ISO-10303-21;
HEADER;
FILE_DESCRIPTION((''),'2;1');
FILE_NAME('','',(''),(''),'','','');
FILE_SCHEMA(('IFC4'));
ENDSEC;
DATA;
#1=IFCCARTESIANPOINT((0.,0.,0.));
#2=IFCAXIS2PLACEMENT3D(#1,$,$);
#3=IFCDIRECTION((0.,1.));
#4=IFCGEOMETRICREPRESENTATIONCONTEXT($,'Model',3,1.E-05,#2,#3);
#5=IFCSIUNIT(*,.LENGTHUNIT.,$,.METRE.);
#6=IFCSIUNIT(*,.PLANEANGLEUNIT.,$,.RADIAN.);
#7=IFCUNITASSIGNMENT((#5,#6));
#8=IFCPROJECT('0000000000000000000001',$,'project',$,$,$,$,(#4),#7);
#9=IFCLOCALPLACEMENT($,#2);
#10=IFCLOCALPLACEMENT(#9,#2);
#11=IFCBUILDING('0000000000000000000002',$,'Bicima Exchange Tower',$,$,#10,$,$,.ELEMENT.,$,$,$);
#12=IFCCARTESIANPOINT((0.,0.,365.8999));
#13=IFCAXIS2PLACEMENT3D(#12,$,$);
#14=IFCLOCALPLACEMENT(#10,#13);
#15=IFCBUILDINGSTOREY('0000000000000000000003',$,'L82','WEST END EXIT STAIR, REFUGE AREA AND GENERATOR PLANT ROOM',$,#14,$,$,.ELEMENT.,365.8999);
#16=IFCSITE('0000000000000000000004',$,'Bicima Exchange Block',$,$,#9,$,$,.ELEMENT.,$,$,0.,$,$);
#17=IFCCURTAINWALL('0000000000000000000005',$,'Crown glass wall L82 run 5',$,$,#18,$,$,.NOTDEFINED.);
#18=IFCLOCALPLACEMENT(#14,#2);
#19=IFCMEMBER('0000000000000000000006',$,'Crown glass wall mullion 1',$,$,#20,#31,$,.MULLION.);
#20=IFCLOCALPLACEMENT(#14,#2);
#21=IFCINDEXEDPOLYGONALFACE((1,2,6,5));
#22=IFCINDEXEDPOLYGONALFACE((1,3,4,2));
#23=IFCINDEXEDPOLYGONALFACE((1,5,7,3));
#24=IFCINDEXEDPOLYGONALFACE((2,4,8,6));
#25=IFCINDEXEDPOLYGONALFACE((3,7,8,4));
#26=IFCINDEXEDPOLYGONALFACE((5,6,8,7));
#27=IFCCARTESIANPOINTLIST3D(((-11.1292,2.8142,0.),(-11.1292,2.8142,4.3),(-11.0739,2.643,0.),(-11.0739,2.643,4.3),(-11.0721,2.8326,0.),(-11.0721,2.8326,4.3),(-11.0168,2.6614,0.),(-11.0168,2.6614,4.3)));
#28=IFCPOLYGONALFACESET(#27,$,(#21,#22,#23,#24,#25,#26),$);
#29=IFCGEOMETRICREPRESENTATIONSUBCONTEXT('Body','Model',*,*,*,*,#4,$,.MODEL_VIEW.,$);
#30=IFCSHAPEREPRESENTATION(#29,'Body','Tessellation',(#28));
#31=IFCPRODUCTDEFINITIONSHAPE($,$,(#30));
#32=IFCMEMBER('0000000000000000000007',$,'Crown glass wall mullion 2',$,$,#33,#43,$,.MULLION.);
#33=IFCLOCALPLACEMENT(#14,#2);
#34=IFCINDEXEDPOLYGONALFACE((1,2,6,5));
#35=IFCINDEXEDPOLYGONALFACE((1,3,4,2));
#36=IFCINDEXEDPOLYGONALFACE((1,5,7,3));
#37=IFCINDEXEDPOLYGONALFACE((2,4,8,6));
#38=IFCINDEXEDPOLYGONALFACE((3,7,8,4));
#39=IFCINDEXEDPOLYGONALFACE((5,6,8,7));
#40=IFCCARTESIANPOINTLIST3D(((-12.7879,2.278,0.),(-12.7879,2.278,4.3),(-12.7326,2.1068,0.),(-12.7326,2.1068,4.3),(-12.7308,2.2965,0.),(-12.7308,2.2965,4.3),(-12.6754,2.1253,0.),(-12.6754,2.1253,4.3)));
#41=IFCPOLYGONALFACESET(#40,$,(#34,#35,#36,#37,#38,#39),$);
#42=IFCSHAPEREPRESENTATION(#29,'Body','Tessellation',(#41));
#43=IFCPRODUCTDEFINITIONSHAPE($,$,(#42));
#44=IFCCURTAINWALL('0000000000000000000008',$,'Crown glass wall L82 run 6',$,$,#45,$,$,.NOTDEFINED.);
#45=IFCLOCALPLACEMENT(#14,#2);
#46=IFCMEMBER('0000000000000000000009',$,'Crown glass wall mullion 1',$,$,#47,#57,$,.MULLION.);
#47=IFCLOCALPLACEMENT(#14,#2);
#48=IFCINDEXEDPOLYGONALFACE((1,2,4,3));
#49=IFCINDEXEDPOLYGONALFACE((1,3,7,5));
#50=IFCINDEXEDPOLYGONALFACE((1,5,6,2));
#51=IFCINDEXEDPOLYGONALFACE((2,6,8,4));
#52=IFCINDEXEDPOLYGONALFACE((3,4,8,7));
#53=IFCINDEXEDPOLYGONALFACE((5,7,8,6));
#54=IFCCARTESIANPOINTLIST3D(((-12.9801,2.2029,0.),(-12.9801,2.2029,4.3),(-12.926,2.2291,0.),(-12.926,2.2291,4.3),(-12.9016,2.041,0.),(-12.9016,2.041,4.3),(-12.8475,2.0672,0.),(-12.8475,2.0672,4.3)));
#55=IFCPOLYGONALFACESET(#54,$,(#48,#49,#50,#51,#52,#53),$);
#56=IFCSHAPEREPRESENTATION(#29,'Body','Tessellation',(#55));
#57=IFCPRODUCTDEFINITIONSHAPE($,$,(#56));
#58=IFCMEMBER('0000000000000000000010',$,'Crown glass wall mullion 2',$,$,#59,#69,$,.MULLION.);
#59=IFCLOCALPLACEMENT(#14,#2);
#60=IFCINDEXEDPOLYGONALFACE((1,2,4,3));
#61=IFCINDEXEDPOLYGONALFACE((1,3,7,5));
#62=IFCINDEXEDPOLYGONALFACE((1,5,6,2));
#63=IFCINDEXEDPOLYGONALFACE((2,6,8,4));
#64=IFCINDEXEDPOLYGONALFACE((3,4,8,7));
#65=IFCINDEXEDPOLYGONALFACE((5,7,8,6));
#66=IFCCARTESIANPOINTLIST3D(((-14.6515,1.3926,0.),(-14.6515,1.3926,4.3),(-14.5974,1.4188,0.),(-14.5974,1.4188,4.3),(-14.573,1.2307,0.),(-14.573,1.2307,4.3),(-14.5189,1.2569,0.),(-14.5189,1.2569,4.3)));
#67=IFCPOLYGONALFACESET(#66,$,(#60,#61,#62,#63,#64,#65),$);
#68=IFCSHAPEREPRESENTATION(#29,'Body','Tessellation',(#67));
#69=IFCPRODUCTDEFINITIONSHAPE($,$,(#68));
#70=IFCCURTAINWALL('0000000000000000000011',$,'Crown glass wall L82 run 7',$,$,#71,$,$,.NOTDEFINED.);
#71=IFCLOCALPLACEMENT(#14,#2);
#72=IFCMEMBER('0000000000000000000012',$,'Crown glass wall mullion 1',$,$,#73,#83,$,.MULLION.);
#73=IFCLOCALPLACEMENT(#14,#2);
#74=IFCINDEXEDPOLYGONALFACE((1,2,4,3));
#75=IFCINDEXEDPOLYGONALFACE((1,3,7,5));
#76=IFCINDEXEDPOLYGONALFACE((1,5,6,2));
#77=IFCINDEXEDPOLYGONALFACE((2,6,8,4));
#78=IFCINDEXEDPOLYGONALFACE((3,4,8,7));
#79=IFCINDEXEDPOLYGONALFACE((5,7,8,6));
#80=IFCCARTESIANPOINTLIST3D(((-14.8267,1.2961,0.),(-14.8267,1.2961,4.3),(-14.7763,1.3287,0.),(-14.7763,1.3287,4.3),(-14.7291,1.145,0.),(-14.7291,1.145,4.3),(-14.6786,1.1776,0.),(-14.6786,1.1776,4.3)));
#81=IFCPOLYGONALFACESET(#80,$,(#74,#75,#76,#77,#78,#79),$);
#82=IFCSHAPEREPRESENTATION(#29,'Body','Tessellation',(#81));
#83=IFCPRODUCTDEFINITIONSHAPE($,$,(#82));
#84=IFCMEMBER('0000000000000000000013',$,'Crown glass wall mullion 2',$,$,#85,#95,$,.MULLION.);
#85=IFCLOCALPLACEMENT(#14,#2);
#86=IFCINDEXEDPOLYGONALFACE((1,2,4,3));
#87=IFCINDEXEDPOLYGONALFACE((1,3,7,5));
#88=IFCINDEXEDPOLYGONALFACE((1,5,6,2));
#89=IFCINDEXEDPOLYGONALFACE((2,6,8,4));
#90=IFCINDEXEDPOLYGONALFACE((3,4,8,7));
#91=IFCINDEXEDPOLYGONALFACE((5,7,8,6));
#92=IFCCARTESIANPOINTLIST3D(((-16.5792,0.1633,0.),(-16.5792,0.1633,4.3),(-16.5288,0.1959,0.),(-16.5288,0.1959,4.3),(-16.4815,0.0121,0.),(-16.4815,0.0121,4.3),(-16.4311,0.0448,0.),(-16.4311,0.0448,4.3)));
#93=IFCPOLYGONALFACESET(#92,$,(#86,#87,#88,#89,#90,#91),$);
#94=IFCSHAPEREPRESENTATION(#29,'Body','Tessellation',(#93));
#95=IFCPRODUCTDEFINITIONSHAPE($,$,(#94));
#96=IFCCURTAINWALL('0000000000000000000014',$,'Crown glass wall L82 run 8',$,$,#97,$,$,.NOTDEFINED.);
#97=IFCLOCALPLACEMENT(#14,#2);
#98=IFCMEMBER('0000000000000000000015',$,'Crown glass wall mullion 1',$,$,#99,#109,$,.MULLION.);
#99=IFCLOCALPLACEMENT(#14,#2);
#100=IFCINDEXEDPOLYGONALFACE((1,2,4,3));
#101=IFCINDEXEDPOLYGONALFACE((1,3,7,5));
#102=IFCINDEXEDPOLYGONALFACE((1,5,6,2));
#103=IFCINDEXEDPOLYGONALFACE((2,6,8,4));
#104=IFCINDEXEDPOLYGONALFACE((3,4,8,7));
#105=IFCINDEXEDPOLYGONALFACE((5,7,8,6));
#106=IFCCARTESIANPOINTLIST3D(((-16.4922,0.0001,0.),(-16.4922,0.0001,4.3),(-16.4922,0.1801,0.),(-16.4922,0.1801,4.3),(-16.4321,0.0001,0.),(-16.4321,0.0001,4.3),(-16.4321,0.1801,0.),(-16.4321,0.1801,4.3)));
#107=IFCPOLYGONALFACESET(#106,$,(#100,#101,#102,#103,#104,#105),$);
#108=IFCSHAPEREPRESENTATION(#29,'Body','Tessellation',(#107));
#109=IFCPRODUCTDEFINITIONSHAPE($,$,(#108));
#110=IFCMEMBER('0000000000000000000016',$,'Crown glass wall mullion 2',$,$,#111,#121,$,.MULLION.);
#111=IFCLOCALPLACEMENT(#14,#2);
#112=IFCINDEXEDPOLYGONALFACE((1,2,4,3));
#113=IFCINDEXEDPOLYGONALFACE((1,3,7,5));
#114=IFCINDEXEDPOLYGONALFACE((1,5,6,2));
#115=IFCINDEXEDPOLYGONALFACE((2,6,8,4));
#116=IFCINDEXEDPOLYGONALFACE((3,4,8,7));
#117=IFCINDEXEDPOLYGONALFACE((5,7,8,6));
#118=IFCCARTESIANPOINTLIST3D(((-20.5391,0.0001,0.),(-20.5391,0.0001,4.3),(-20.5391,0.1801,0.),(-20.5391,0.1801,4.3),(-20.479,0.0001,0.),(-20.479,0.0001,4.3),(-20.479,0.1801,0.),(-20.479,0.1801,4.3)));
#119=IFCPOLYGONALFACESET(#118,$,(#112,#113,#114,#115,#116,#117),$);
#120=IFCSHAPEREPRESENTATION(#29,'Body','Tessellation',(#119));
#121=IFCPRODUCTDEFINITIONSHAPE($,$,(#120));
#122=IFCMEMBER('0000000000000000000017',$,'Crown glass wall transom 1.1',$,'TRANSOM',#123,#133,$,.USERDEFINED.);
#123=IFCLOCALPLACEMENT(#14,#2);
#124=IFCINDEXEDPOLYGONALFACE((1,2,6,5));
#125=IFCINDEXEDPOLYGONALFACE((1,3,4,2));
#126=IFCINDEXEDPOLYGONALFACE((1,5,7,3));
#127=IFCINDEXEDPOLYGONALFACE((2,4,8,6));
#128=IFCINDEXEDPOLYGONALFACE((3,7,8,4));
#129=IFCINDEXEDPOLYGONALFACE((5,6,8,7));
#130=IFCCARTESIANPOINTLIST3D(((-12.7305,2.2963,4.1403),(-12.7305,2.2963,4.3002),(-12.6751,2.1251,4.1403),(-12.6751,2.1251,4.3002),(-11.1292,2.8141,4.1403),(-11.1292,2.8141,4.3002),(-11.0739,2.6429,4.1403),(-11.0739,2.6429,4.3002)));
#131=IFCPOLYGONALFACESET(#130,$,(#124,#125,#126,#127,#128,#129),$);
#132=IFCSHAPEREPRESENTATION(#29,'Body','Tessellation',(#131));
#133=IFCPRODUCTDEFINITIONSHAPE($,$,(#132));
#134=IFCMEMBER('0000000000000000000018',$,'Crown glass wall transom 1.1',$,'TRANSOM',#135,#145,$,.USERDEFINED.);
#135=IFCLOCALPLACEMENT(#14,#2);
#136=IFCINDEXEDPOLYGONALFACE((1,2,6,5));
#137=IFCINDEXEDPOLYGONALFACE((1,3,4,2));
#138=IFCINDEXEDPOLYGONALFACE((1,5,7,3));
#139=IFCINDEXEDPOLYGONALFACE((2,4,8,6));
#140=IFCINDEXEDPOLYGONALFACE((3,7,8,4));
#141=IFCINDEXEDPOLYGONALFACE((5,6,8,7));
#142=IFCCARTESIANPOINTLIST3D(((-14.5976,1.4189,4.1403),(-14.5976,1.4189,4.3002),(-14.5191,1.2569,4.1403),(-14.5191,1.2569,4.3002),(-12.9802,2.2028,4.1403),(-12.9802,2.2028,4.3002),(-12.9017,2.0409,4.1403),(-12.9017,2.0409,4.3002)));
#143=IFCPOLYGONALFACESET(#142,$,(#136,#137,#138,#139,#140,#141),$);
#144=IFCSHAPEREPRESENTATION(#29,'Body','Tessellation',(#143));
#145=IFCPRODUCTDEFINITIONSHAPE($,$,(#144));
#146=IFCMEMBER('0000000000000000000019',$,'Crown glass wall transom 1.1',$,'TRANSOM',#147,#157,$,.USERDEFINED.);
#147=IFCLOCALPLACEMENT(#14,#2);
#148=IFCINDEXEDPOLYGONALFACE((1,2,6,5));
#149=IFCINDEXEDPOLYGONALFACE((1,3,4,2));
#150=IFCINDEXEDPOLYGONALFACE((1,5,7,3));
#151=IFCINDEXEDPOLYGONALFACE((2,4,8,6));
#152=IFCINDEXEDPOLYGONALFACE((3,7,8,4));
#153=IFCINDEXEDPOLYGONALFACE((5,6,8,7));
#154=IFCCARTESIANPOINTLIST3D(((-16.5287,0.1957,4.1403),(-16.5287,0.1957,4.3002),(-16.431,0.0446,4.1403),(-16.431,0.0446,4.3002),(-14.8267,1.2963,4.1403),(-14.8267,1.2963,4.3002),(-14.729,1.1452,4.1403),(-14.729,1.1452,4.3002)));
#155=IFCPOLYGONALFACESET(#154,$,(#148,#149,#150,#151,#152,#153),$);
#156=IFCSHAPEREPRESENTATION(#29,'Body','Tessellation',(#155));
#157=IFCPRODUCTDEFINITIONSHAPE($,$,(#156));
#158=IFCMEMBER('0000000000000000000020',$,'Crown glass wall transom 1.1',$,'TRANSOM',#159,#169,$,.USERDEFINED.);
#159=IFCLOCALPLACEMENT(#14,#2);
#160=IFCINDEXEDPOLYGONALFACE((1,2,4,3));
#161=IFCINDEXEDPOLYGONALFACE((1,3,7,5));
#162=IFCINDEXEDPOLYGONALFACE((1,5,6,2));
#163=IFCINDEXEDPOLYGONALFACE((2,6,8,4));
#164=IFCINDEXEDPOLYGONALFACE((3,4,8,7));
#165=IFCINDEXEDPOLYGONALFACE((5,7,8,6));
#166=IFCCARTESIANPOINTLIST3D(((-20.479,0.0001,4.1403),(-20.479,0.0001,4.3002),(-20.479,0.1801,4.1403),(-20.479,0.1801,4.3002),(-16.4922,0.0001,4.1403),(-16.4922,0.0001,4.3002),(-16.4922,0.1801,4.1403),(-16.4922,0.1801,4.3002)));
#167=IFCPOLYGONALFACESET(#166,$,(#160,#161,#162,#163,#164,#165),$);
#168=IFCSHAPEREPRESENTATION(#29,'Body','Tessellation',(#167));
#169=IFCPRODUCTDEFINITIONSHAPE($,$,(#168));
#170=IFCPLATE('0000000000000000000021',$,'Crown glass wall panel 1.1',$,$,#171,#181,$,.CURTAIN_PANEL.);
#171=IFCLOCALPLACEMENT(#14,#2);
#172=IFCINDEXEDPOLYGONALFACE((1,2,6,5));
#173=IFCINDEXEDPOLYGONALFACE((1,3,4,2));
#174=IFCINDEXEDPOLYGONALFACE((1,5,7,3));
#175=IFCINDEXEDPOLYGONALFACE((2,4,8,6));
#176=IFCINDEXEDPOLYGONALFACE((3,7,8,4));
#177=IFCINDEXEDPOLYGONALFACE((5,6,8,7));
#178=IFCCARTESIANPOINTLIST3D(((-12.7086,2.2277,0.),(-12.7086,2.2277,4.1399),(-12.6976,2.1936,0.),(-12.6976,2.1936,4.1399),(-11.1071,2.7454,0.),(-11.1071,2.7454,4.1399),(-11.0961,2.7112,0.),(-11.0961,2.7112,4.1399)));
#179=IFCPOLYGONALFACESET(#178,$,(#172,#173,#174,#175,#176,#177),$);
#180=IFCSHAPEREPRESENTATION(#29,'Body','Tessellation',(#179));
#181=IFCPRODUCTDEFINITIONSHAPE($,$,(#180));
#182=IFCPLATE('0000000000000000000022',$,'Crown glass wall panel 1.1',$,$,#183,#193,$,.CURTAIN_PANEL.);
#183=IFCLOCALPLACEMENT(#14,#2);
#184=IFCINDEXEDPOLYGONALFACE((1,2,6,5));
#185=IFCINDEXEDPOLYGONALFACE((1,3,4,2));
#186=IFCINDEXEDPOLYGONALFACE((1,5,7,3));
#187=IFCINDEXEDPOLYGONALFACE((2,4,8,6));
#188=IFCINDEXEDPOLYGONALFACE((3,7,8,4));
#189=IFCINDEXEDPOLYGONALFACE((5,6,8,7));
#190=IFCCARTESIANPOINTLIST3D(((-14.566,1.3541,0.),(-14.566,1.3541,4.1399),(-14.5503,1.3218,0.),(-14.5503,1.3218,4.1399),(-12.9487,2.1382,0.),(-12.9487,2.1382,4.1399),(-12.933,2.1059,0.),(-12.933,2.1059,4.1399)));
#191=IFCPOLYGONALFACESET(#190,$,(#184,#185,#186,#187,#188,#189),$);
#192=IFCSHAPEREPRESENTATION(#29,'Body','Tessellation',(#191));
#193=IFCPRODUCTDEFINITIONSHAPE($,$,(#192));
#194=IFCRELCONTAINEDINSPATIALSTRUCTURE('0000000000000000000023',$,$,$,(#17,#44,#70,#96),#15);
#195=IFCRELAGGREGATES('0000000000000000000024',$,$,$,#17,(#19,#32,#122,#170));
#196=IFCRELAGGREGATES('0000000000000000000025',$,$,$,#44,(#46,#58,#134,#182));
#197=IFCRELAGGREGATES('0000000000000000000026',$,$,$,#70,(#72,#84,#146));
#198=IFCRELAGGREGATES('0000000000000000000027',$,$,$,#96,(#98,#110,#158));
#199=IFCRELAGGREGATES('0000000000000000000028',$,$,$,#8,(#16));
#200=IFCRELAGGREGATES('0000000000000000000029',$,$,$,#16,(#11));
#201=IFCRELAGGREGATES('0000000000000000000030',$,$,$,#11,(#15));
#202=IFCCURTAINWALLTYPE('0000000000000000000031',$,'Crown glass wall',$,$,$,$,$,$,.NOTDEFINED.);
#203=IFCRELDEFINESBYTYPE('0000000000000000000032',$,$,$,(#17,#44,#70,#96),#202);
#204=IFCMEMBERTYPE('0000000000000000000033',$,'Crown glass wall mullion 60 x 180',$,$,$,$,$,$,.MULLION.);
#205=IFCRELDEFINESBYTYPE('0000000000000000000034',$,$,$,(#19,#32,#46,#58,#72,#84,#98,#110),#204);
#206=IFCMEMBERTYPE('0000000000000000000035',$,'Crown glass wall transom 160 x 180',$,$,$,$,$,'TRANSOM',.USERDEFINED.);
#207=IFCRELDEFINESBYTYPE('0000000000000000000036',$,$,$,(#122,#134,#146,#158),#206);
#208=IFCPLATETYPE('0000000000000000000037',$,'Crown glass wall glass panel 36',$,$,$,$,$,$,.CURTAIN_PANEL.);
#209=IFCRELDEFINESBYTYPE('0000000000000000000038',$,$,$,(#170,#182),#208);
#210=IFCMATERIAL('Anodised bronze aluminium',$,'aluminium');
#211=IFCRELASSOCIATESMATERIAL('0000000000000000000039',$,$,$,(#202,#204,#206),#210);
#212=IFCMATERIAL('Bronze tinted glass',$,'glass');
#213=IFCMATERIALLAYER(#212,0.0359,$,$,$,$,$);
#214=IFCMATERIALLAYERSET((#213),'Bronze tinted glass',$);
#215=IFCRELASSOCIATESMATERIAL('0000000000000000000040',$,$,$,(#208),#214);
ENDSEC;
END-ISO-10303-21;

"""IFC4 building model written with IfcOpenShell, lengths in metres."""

from ifc_helpers import new_model, si_unit, direction, frame, origin, origin_2d, place, context, subcontext, project, spatial, rectangle, extrude, material, layer, layer_set, material_profile, profile_set, type_object, element, aggregate, save


model = new_model("IFC4")

# Units and contexts
model_context = context("Model", 3, precision=1e-05, world=origin(), true_north=direction((0.0, 1.0)))
body_context = subcontext(model_context, "Body", "Model", "MODEL_VIEW")
ifc_project = project(units=[si_unit("LENGTHUNIT", "METRE"), si_unit("PLANEANGLEUNIT", "RADIAN")], contexts=[model_context])

# Site, building, storey
site_placement = place(None, origin())
site = spatial("IfcSite", under=ifc_project, at=site_placement, Name="Bicima Exchange Block", CompositionType="ELEMENT", RefElevation=0.0)
building_placement = place(site_placement, origin())
building = spatial("IfcBuilding", under=site, at=building_placement, Name="Bicima Exchange Tower", CompositionType="ELEMENT")
storey_placement = place(building_placement, frame((0.0, 0.0, 365.8999)))
storey = spatial("IfcBuildingStorey", under=building, at=storey_placement, Name="L82", Description="WEST END EXIT STAIR, REFUGE AREA AND GENERATOR PLANT ROOM", CompositionType="ELEMENT", Elevation=365.8999)

# Curtain walls, members
ifc_material_1 = material(Name="Anodised bronze aluminium", Category="aluminium")
curtain_wall_type = type_object("IfcCurtainWallType", Name="Crown glass wall", PredefinedType="NOTDEFINED", material=ifc_material_1)
curtain_wall_1_placement = place(storey_placement, origin())
curtain_wall_1 = element("IfcCurtainWall", 1, at=curtain_wall_1_placement, inside=storey, type_object=curtain_wall_type, Name="Crown glass wall L82 run 5", PredefinedType="NOTDEFINED")
ifc_material_profile_1 = material_profile(ifc_material_1, rectangle(XDim=0.1799, YDim=0.0601, at=origin_2d()))
ifc_profile_set_1 = profile_set([ifc_material_profile_1], Name="Anodised bronze aluminium")
member_type_1 = type_object("IfcMemberType", Name="Crown glass wall mullion 60 x 180", PredefinedType="MULLION", material=ifc_profile_set_1)
member_1_placement = place(storey_placement, frame((-11.073, 2.7378, 0.0), z_axis=(0.0, 0.0, 1.0), x_axis=(0.307573, -0.951525, 0.0)))
member_1 = element("IfcMember", 2, at=member_1_placement, type_object=member_type_1, Name="Crown glass wall mullion 1", PredefinedType="MULLION", context=body_context, shape_type="SweptSolid", body=[
    extrude(rectangle(XDim=0.1799, YDim=0.0601, at=origin_2d()), origin(), (0.0, 0.0, 1.0), 4.3),
])
member_2_placement = place(storey_placement, frame((-12.7317, 2.2017, 0.0), z_axis=(0.0, 0.0, 1.0), x_axis=(0.307573, -0.951525, 0.0)))
member_2 = element("IfcMember", 3, at=member_2_placement, type_object=member_type_1, Name="Crown glass wall mullion 2", PredefinedType="MULLION", context=body_context, shape_type="SweptSolid", body=[
    extrude(rectangle(XDim=0.1799, YDim=0.0601, at=origin_2d()), origin(), (0.0, 0.0, 1.0), 4.3),
])
curtain_wall_2_placement = place(storey_placement, origin())
curtain_wall_2 = element("IfcCurtainWall", 4, at=curtain_wall_2_placement, inside=storey, type_object=curtain_wall_type, Name="Crown glass wall L82 run 6", PredefinedType="NOTDEFINED")
member_3_placement = place(storey_placement, frame((-12.9138, 2.135, 0.0), z_axis=(0.0, 0.0, 1.0), x_axis=(0.436265, -0.899818, 0.0)))
member_3 = element("IfcMember", 5, at=member_3_placement, type_object=member_type_1, Name="Crown glass wall mullion 1", PredefinedType="MULLION", context=body_context, shape_type="SweptSolid", body=[
    extrude(rectangle(XDim=0.1799, YDim=0.0601, at=origin_2d()), origin(), (0.0, 0.0, 1.0), 4.3),
])
member_4_placement = place(storey_placement, frame((-14.5852, 1.3247, 0.0), z_axis=(0.0, 0.0, 1.0), x_axis=(0.436265, -0.899818, 0.0)))
member_4 = element("IfcMember", 6, at=member_4_placement, type_object=member_type_1, Name="Crown glass wall mullion 2", PredefinedType="MULLION", context=body_context, shape_type="SweptSolid", body=[
    extrude(rectangle(XDim=0.1799, YDim=0.0601, at=origin_2d()), origin(), (0.0, 0.0, 1.0), 4.3),
])
curtain_wall_3_placement = place(storey_placement, origin())
curtain_wall_3 = element("IfcCurtainWall", 7, at=curtain_wall_3_placement, inside=storey, type_object=curtain_wall_type, Name="Crown glass wall L82 run 7", PredefinedType="NOTDEFINED")
member_5_placement = place(storey_placement, frame((-14.7527, 1.2368, 0.0), z_axis=(0.0, 0.0, 1.0), x_axis=(0.542911, -0.83979, 0.0)))
member_5 = element("IfcMember", 8, at=member_5_placement, type_object=member_type_1, Name="Crown glass wall mullion 1", PredefinedType="MULLION", context=body_context, shape_type="SweptSolid", body=[
    extrude(rectangle(XDim=0.1799, YDim=0.0601, at=origin_2d()), origin(), (0.0, 0.0, 1.0), 4.3),
])
member_6_placement = place(storey_placement, frame((-16.5051, 0.104, 0.0), z_axis=(0.0, 0.0, 1.0), x_axis=(0.542911, -0.83979, 0.0)))
member_6 = element("IfcMember", 9, at=member_6_placement, type_object=member_type_1, Name="Crown glass wall mullion 2", PredefinedType="MULLION", context=body_context, shape_type="SweptSolid", body=[
    extrude(rectangle(XDim=0.1799, YDim=0.0601, at=origin_2d()), origin(), (0.0, 0.0, 1.0), 4.3),
])
curtain_wall_4_placement = place(storey_placement, origin())
curtain_wall_4 = element("IfcCurtainWall", 10, at=curtain_wall_4_placement, inside=storey, type_object=curtain_wall_type, Name="Crown glass wall L82 run 8", PredefinedType="NOTDEFINED")
member_7_placement = place(storey_placement, frame((-16.4622, 0.0901, 0.0), z_axis=(0.0, 0.0, 1.0), x_axis=(0.0, -1.0, 0.0)))
member_7 = element("IfcMember", 11, at=member_7_placement, type_object=member_type_1, Name="Crown glass wall mullion 1", PredefinedType="MULLION", context=body_context, shape_type="SweptSolid", body=[
    extrude(rectangle(XDim=0.1799, YDim=0.0601, at=origin_2d()), origin(), (0.0, 0.0, 1.0), 4.3),
])
member_8_placement = place(storey_placement, frame((-20.509, 0.0901, 0.0), z_axis=(0.0, 0.0, 1.0), x_axis=(0.0, -1.0, 0.0)))
member_8 = element("IfcMember", 12, at=member_8_placement, type_object=member_type_1, Name="Crown glass wall mullion 2", PredefinedType="MULLION", context=body_context, shape_type="SweptSolid", body=[
    extrude(rectangle(XDim=0.1799, YDim=0.0601, at=origin_2d()), origin(), (0.0, 0.0, 1.0), 4.3),
])

# Members
ifc_material_profile_2 = material_profile(ifc_material_1, rectangle(XDim=0.1799, YDim=0.1599, at=origin_2d()))
ifc_profile_set_2 = profile_set([ifc_material_profile_2], Name="Anodised bronze aluminium")
member_type_2 = type_object("IfcMemberType", Name="Crown glass wall transom 160 x 180", ElementType="TRANSOM", PredefinedType="USERDEFINED", material=ifc_profile_set_2)
member_9_placement = place(storey_placement, frame((-11.1016, 2.7285, 4.2202), z_axis=(-0.951488, -0.307685, 0.0), x_axis=(0.307685, -0.951488, 0.0)))
member_9 = element("IfcMember", 13, at=member_9_placement, type_object=member_type_2, Name="Crown glass wall transom 1.1", ObjectType="TRANSOM", PredefinedType="USERDEFINED", context=body_context, shape_type="SweptSolid", body=[
    extrude(rectangle(XDim=0.1799, YDim=0.1599, at=origin_2d()), origin(), (0.0, 0.0, 1.0), 1.6829),
])
member_10_placement = place(storey_placement, frame((-12.9409, 2.1218, 4.2202), z_axis=(-0.899874, -0.43615, 0.0), x_axis=(0.43615, -0.899874, 0.0)))
member_10 = element("IfcMember", 14, at=member_10_placement, type_object=member_type_2, Name="Crown glass wall transom 1.1", ObjectType="TRANSOM", PredefinedType="USERDEFINED", context=body_context, shape_type="SweptSolid", body=[
    extrude(rectangle(XDim=0.1799, YDim=0.1599, at=origin_2d()), origin(), (0.0, 0.0, 1.0), 1.7974),
])
member_11_placement = place(storey_placement, frame((-14.7778, 1.2207, 4.2202), z_axis=(-0.839751, -0.542972, 0.0), x_axis=(0.542972, -0.839751, 0.0)))
member_11 = element("IfcMember", 15, at=member_11_placement, type_object=member_type_2, Name="Crown glass wall transom 1.1", ObjectType="TRANSOM", PredefinedType="USERDEFINED", context=body_context, shape_type="SweptSolid", body=[
    extrude(rectangle(XDim=0.1799, YDim=0.1599, at=origin_2d()), origin(), (0.0, 0.0, 1.0), 2.0269),
])
member_12_placement = place(storey_placement, frame((-16.4922, 0.0901, 4.2202), z_axis=(-1.0, 0.0, 0.0), x_axis=(0.0, -1.0, 0.0)))
member_12 = element("IfcMember", 16, at=member_12_placement, type_object=member_type_2, Name="Crown glass wall transom 1.1", ObjectType="TRANSOM", PredefinedType="USERDEFINED", context=body_context, shape_type="SweptSolid", body=[
    extrude(rectangle(XDim=0.1799, YDim=0.1599, at=origin_2d()), origin(), (0.0, 0.0, 1.0), 3.9868),
])

# Plates
ifc_material_2 = material(Name="Bronze tinted glass", Category="glass")
ifc_layer_1 = layer(ifc_material_2, 0.0359)
ifc_layer_set_1 = layer_set([ifc_layer_1], Name="Bronze tinted glass")
plate_type = type_object("IfcPlateType", Name="Crown glass wall glass panel 36", PredefinedType="CURTAIN_PANEL", material=ifc_layer_set_1)
plate_1_placement = place(storey_placement, frame((-11.9023, 2.4695, 0.0), z_axis=(0.0, 0.0, 1.0), x_axis=(-0.951525, -0.307573, 0.0)))
plate_1 = element("IfcPlate", 17, at=plate_1_placement, type_object=plate_type, Name="Crown glass wall panel 1.1", PredefinedType="CURTAIN_PANEL", context=body_context, shape_type="SweptSolid", body=[
    extrude(rectangle(XDim=1.6831, YDim=0.0359, at=origin_2d()), origin(), (0.0, 0.0, 1.0), 4.1399),
])
aggregate(curtain_wall_1, [member_1, member_2, member_9, plate_1])
plate_2_placement = place(storey_placement, frame((-13.7495, 1.73, 0.0), z_axis=(0.0, 0.0, 1.0), x_axis=(-0.899818, -0.436265, 0.0)))
plate_2 = element("IfcPlate", 18, at=plate_2_placement, type_object=plate_type, Name="Crown glass wall panel 1.1", PredefinedType="CURTAIN_PANEL", context=body_context, shape_type="SweptSolid", body=[
    extrude(rectangle(XDim=1.7974, YDim=0.0359, at=origin_2d()), origin(), (0.0, 0.0, 1.0), 4.1399),
])
aggregate(curtain_wall_2, [member_3, member_4, member_10, plate_2])
aggregate(curtain_wall_3, [member_5, member_6, member_11])
aggregate(curtain_wall_4, [member_7, member_8, member_12])

save(model, "model.ifc")
